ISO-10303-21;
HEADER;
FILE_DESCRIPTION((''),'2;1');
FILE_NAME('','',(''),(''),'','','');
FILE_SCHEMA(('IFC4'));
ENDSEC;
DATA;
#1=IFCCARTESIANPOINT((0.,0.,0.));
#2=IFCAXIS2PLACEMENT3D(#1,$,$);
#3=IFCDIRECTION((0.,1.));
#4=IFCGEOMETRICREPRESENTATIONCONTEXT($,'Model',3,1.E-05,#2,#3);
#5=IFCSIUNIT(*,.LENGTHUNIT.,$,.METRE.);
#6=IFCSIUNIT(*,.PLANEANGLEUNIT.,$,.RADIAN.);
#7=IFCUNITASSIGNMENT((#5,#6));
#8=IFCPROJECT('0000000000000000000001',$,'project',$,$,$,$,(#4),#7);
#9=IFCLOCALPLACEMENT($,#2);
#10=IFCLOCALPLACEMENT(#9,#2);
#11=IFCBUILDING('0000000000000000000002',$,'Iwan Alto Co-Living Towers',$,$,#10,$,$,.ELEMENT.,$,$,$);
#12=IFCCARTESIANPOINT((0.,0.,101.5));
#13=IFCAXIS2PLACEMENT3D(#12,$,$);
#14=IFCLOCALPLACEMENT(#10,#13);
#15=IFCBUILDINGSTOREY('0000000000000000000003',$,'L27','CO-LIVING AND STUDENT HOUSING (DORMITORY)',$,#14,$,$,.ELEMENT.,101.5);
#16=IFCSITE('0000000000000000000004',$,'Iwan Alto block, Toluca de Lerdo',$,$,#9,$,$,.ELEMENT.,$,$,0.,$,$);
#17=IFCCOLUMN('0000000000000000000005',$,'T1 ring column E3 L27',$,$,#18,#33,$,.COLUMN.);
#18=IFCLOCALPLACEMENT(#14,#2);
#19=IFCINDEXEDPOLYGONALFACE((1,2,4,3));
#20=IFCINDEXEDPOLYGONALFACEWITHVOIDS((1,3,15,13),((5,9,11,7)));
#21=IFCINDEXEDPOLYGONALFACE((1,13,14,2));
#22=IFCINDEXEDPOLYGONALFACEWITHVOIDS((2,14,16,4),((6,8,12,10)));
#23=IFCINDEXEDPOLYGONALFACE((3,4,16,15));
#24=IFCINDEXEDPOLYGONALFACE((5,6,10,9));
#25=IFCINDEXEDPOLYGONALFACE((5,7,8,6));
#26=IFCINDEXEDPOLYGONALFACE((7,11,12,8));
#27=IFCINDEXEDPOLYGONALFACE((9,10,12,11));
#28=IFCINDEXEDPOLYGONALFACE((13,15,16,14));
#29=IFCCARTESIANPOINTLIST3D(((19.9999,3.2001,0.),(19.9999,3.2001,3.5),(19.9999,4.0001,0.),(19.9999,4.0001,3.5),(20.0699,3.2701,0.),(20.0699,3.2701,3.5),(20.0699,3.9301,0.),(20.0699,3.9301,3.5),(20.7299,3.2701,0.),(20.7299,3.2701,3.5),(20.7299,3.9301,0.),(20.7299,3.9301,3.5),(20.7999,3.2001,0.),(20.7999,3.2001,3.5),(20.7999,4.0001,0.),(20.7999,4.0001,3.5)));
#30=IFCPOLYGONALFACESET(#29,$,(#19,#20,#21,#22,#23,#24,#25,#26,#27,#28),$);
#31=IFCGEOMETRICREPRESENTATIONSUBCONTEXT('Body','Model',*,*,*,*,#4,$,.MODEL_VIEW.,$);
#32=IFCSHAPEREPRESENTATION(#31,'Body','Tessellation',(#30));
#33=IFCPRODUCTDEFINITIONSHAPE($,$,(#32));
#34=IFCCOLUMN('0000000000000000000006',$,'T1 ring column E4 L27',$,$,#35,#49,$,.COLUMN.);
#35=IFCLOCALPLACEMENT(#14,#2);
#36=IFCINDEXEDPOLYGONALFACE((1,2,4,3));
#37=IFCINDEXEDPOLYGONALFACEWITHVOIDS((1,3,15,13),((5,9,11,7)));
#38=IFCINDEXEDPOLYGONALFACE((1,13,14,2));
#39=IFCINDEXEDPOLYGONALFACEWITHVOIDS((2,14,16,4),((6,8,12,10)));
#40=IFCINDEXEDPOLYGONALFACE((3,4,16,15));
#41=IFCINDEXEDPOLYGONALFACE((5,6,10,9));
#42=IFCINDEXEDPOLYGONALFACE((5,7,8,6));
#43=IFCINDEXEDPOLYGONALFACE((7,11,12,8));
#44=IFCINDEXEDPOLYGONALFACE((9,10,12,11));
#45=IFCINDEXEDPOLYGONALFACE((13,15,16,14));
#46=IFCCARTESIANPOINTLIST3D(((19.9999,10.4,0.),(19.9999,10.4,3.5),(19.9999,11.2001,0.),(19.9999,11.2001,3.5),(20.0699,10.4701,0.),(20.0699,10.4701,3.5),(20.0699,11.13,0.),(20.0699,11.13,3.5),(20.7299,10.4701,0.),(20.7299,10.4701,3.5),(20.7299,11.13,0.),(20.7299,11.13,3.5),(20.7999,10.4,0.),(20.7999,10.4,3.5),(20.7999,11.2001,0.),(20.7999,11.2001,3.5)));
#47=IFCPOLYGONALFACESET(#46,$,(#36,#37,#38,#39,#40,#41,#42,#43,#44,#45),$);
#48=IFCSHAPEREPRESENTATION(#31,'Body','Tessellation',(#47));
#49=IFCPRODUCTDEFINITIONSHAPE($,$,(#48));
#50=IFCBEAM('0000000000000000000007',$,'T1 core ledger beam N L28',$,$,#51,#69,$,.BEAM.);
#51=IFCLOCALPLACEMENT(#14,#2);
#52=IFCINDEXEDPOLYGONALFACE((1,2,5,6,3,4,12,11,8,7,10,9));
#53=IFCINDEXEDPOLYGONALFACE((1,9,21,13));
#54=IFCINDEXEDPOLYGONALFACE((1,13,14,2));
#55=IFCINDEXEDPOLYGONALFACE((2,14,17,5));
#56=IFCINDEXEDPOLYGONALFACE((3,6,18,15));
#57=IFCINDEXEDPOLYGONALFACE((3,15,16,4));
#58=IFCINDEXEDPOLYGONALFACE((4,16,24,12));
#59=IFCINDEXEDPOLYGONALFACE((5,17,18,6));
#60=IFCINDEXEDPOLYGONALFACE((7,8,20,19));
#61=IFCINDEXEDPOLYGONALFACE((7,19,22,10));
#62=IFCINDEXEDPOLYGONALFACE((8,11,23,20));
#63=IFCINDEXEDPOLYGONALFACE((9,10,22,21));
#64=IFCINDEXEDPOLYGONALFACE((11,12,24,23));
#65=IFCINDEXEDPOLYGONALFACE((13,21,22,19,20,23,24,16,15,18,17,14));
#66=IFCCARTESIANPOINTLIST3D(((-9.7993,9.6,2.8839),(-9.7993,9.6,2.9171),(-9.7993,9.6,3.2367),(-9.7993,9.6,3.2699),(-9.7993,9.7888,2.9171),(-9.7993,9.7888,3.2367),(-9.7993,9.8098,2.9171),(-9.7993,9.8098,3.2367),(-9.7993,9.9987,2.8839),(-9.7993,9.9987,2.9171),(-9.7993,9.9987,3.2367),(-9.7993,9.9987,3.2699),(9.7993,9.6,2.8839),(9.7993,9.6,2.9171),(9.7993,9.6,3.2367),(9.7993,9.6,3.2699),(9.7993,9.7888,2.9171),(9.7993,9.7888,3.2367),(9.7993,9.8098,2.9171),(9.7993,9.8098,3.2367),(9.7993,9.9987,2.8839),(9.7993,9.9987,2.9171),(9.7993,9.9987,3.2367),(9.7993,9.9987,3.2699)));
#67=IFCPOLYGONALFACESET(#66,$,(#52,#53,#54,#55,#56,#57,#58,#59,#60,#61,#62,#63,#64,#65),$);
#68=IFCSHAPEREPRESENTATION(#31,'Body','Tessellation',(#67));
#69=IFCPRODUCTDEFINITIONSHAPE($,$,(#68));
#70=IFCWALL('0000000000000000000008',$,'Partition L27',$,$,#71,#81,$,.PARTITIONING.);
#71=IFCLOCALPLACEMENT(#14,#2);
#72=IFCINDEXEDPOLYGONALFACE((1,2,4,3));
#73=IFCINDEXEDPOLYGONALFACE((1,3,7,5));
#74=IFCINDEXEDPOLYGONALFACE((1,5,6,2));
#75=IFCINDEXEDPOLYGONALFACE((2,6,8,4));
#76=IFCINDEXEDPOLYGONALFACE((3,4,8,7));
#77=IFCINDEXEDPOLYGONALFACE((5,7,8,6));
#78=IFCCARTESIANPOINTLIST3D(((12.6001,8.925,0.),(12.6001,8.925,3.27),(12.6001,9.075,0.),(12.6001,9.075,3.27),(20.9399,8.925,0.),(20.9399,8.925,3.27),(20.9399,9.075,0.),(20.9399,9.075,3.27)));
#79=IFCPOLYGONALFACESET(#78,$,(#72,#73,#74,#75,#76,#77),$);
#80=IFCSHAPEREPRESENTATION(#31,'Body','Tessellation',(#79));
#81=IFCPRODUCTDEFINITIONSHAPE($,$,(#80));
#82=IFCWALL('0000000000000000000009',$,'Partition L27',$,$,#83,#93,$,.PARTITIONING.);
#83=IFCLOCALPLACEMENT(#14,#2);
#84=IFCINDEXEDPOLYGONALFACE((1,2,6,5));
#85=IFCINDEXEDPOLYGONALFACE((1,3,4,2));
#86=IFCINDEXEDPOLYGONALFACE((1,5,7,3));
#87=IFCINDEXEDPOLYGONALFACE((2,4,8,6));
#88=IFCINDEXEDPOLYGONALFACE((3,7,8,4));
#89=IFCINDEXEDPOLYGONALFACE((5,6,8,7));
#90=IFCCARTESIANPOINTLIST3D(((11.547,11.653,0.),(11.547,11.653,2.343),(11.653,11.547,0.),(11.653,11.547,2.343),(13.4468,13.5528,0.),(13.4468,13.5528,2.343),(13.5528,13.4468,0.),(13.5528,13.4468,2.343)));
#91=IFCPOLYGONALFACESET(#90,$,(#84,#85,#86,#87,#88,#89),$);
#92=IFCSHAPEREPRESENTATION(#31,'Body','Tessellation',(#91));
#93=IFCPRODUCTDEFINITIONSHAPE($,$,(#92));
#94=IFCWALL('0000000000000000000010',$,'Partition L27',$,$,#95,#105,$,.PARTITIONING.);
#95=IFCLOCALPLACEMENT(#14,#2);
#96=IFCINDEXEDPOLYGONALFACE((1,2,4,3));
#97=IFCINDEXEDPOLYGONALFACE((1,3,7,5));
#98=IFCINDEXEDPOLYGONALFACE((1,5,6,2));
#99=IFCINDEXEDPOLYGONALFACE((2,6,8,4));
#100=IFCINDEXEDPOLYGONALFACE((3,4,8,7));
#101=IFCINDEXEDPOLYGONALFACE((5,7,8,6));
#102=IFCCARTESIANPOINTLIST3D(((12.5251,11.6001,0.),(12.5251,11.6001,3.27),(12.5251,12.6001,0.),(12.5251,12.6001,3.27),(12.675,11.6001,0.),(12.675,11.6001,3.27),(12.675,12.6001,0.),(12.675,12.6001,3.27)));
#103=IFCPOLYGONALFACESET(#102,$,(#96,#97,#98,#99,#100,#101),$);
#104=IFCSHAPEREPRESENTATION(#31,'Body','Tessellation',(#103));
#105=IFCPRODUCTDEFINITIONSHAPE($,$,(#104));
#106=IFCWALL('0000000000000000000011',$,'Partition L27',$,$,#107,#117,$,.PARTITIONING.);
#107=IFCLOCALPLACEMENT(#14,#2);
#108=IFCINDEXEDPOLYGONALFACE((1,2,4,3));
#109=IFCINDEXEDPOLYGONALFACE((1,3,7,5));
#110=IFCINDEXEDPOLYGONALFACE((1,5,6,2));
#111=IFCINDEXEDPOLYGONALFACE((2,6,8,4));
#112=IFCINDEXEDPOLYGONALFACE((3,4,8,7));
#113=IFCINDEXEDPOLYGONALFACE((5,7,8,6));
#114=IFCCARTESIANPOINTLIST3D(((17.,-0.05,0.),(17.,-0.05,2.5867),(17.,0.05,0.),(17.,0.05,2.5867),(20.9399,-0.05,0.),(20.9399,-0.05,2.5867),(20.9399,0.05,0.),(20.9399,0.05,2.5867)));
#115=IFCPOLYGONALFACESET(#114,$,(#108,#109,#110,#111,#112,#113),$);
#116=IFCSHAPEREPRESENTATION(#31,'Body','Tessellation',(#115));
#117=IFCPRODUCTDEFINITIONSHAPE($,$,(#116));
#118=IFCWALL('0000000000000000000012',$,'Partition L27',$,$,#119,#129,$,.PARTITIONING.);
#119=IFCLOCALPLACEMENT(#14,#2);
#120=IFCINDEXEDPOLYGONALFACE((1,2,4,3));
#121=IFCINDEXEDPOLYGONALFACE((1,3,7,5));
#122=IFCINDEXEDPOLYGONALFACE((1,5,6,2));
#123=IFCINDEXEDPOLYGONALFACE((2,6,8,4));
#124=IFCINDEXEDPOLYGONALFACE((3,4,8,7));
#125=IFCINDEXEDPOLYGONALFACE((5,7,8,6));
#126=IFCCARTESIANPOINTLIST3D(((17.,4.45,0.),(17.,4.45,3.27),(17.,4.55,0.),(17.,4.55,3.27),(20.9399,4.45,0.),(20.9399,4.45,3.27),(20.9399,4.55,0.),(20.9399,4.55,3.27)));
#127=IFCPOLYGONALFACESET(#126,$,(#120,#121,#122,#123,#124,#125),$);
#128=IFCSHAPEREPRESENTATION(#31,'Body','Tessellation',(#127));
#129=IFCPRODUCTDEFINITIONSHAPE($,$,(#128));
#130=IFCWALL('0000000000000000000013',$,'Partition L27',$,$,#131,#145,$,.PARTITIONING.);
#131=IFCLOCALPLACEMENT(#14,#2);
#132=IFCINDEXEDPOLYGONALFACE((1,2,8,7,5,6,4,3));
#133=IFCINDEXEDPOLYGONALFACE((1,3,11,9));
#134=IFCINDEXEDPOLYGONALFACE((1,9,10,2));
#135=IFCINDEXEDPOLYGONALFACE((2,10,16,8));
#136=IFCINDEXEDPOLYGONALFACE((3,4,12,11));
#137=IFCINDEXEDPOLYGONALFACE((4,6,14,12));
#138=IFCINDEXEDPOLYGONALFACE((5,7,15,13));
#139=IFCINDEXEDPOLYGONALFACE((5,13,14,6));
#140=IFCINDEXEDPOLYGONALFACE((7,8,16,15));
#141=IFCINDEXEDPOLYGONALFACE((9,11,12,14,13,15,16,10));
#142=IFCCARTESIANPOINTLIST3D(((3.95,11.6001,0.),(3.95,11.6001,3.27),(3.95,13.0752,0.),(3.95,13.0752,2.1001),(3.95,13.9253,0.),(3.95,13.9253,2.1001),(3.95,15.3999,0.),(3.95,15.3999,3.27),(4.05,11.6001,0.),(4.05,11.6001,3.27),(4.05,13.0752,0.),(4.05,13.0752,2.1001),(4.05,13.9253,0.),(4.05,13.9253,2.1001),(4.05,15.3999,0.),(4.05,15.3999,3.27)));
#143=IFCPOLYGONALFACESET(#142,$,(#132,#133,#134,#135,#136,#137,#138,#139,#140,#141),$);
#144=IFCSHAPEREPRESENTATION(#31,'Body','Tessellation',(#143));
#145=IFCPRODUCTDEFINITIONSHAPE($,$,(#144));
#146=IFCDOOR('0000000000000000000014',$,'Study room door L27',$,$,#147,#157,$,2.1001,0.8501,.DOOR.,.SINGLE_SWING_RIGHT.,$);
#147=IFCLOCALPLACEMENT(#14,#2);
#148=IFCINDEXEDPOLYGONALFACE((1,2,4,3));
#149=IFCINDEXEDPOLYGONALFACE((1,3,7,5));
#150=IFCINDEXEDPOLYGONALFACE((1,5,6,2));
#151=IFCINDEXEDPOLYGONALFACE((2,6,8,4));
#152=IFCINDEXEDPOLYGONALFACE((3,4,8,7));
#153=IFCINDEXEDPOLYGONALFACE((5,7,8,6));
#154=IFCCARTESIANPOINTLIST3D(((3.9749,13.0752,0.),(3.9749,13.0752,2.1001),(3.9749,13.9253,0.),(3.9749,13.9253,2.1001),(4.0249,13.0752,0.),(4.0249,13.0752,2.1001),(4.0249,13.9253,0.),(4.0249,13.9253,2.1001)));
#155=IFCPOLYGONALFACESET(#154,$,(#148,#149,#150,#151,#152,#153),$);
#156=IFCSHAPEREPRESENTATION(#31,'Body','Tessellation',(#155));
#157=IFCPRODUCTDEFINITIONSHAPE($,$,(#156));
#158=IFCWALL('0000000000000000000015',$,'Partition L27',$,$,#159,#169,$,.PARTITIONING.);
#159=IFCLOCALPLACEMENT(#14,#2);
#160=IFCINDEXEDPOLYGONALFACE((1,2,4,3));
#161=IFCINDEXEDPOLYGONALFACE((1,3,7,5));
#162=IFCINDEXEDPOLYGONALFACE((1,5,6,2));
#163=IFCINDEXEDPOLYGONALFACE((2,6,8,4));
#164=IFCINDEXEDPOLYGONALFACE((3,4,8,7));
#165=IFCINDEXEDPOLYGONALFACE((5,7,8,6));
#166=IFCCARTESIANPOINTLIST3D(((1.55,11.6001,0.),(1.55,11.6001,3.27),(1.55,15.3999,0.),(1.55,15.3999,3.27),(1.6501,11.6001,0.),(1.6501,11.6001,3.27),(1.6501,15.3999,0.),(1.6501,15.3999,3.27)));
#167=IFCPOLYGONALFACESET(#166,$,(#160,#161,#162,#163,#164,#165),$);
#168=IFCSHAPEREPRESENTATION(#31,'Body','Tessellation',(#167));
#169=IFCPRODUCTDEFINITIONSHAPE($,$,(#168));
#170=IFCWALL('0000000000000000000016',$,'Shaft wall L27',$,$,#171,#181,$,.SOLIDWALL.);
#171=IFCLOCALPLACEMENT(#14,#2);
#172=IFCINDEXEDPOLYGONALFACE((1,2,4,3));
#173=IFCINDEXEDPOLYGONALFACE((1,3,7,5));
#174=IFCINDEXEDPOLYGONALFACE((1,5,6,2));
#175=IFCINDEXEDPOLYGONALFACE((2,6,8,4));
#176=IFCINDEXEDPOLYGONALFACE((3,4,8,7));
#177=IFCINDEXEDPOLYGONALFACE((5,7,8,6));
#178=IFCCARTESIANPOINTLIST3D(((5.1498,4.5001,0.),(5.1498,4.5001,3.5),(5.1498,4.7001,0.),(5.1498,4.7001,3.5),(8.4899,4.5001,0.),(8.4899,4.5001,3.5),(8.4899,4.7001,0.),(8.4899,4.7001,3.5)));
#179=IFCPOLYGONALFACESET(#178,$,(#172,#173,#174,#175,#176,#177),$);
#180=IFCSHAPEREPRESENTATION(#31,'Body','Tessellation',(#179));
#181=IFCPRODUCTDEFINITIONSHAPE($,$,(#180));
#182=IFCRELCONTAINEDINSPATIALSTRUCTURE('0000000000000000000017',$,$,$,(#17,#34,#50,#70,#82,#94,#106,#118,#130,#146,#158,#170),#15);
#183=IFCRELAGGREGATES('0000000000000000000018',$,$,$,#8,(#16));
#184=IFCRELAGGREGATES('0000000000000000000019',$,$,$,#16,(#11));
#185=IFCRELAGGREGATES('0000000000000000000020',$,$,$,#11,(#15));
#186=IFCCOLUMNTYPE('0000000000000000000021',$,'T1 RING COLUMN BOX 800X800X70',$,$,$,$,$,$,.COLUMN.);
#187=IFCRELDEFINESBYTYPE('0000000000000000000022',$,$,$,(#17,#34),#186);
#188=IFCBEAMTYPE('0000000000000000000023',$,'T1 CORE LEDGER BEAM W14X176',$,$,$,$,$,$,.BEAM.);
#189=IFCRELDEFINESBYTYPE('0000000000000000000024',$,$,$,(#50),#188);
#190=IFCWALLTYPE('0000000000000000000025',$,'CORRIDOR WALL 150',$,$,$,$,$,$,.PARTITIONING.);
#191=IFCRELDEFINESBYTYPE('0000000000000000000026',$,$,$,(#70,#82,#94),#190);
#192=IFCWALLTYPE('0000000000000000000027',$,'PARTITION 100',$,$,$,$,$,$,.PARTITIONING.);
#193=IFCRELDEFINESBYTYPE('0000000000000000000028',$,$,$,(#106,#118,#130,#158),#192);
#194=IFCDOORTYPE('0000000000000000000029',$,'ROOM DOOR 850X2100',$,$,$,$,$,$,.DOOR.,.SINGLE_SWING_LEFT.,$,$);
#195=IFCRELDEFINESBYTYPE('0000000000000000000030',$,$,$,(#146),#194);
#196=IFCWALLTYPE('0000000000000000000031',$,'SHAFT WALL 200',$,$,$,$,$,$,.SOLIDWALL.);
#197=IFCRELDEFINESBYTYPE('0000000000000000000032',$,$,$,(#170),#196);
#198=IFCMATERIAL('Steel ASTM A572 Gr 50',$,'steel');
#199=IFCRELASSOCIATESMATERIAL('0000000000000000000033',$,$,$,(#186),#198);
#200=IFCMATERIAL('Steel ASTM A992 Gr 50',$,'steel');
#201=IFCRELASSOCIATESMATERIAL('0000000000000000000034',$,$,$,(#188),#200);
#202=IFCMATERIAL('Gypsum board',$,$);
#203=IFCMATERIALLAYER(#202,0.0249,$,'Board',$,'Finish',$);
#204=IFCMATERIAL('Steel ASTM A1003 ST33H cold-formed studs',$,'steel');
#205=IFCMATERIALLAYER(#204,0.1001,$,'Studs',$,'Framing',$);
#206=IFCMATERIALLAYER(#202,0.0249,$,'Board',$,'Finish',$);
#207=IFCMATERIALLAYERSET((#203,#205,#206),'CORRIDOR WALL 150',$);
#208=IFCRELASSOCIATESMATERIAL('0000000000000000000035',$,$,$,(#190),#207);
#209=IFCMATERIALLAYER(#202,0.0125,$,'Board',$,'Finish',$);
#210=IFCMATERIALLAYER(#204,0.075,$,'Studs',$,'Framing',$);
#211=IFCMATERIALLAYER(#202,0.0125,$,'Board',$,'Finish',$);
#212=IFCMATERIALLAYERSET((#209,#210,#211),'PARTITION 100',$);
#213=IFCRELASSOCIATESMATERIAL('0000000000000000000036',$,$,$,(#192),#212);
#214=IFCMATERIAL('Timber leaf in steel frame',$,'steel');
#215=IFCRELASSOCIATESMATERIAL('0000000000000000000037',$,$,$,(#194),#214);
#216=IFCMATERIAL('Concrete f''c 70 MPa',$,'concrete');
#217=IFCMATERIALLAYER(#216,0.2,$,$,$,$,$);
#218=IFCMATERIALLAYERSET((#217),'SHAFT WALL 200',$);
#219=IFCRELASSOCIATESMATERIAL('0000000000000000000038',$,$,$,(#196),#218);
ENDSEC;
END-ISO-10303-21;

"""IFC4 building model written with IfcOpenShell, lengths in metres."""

from ifc_helpers import new_model, si_unit, direction, frame, frame_2d, origin, origin_2d, place, context, subcontext, project, spatial, rectangle, hollow_rectangle, i_section, extrude, material, layer, layer_set, material_profile, profile_set, type_object, element, fill, save


model = new_model("IFC4")

# Units and contexts
model_context = context("Model", 3, precision=1e-05, world=origin(), true_north=direction((0.0, 1.0)))
body_context = subcontext(model_context, "Body", "Model", "MODEL_VIEW")
ifc_project = project(units=[si_unit("LENGTHUNIT", "METRE"), si_unit("PLANEANGLEUNIT", "RADIAN")], contexts=[model_context])

# Site, building, storey
site_placement = place(None, origin())
site = spatial("IfcSite", under=ifc_project, at=site_placement, Name="Iwan Alto block, Toluca de Lerdo", CompositionType="ELEMENT", RefElevation=0.0)
building_placement = place(site_placement, origin())
building = spatial("IfcBuilding", under=site, at=building_placement, Name="Iwan Alto Co-Living Towers", CompositionType="ELEMENT")
storey_placement = place(building_placement, frame((0.0, 0.0, 101.5)))
storey = spatial("IfcBuildingStorey", under=building, at=storey_placement, Name="L27", Description="CO-LIVING AND STUDENT HOUSING (DORMITORY)", CompositionType="ELEMENT", Elevation=101.5)

# Columns
ifc_material_1 = material(Name="Steel ASTM A572 Gr 50", Category="steel")
ifc_material_profile_1 = material_profile(ifc_material_1, hollow_rectangle(XDim=0.8, YDim=0.8, WallThickness=0.0701, at=origin_2d()), Name="BOX 800X800X70")
ifc_profile_set_1 = profile_set([ifc_material_profile_1], Name="Steel ASTM A572 Gr 50")
column_type = type_object("IfcColumnType", Name="T1 RING COLUMN BOX 800X800X70", PredefinedType="COLUMN", material=ifc_profile_set_1)
for number, where, z_axis, x_axis, name in (
    (1, (20.3999, 3.6001, 0.0), (0.0, 0.0, 1.0), (1.0, 0.0, 0.0), "T1 ring column E3 L27"),
    (2, (20.3999, 10.8, 0.0), (0.0, 0.0, 1.0), (1.0, 0.0, 0.0), "T1 ring column E4 L27"),
):
    element("IfcColumn", number, at=place(storey_placement, frame(where, z_axis=z_axis, x_axis=x_axis)), inside=storey, type_object=column_type, Name=name, PredefinedType="COLUMN", context=body_context, shape_type="SweptSolid", body=[
        extrude(hollow_rectangle(XDim=0.8, YDim=0.8, WallThickness=0.0701, at=origin_2d()), origin(), (0.0, 0.0, 1.0), 3.5),
    ])

# Beam
ifc_material_2 = material(Name="Steel ASTM A992 Gr 50", Category="steel")
ifc_material_profile_2 = material_profile(ifc_material_2, i_section(OverallWidth=0.3987, OverallDepth=0.386, WebThickness=0.021, FlangeThickness=0.0332, at=origin_2d()), Name="W14X176")
ifc_profile_set_2 = profile_set([ifc_material_profile_2], Name="Steel ASTM A992 Gr 50")
beam_type = type_object("IfcBeamType", Name="T1 CORE LEDGER BEAM W14X176", PredefinedType="BEAM", material=ifc_profile_set_2)
beam_placement = place(storey_placement, frame((9.7993, 9.7993, 3.0769), z_axis=(-1.0, 0.0, 0.0), x_axis=(0.0, -1.0, 0.0)))
element("IfcBeam", 3, at=beam_placement, inside=storey, type_object=beam_type, Name="T1 core ledger beam N L28", PredefinedType="BEAM", context=body_context, shape_type="SweptSolid", body=[
    extrude(i_section(OverallWidth=0.3987, OverallDepth=0.386, WebThickness=0.021, FlangeThickness=0.0332, at=origin_2d()), origin(), (0.0, 0.0, 1.0), 19.5986),
])

# Walls
ifc_material_3 = material(Name="Gypsum board")
ifc_layer_1 = layer(ifc_material_3, 0.0249, Name="Board", Category="Finish")
ifc_material_4 = material(Name="Steel ASTM A1003 ST33H cold-formed studs", Category="steel")
ifc_layer_2 = layer(ifc_material_4, 0.1001, Name="Studs", Category="Framing")
ifc_layer_3 = layer(ifc_material_3, 0.0249, Name="Board", Category="Finish")
ifc_layer_set_1 = layer_set([ifc_layer_1, ifc_layer_2, ifc_layer_3], Name="CORRIDOR WALL 150")
wall_type_1 = type_object("IfcWallType", Name="CORRIDOR WALL 150", PredefinedType="PARTITIONING", material=ifc_layer_set_1)
wall_1_placement = place(storey_placement, frame((12.6001, 9.0, 0.0), z_axis=(0.0, 0.0, 1.0), x_axis=(1.0, 0.0, 0.0)))
element("IfcWall", 4, at=wall_1_placement, inside=storey, type_object=wall_type_1, Name="Partition L27", PredefinedType="PARTITIONING", context=body_context, shape_type="SweptSolid", body=[
    extrude(rectangle(XDim=8.3398, YDim=0.1499, at=frame_2d((4.1699, 0.0))), origin(), (0.0, 0.0, 1.0), 3.27),
])
wall_2_placement = place(storey_placement, frame((11.6001, 11.6001, 0.0), z_axis=(0.0, 0.0, 1.0), x_axis=(0.707107, 0.707107, 0.0)))
element("IfcWall", 5, at=wall_2_placement, inside=storey, type_object=wall_type_1, Name="Partition L27", PredefinedType="PARTITIONING", context=body_context, shape_type="SweptSolid", body=[
    extrude(rectangle(XDim=2.6868, YDim=0.1499, at=frame_2d((1.3433, 0.0))), origin(), (0.0, 0.0, 1.0), 2.343),
])
wall_3_placement = place(storey_placement, frame((12.6001, 11.6001, 0.0), z_axis=(0.0, 0.0, 1.0), x_axis=(0.0, 1.0, 0.0)))
element("IfcWall", 6, at=wall_3_placement, inside=storey, type_object=wall_type_1, Name="Partition L27", PredefinedType="PARTITIONING", context=body_context, shape_type="SweptSolid", body=[
    extrude(rectangle(XDim=1.0, YDim=0.1499, at=frame_2d((0.5, 0.0))), origin(), (0.0, 0.0, 1.0), 3.27),
])
ifc_layer_4 = layer(ifc_material_3, 0.0125, Name="Board", Category="Finish")
ifc_layer_5 = layer(ifc_material_4, 0.075, Name="Studs", Category="Framing")
ifc_layer_6 = layer(ifc_material_3, 0.0125, Name="Board", Category="Finish")
ifc_layer_set_2 = layer_set([ifc_layer_4, ifc_layer_5, ifc_layer_6], Name="PARTITION 100")
wall_type_2 = type_object("IfcWallType", Name="PARTITION 100", PredefinedType="PARTITIONING", material=ifc_layer_set_2)
wall_4_placement = place(storey_placement, frame((17.0, 0.0, 0.0), z_axis=(0.0, 0.0, 1.0), x_axis=(1.0, 0.0, 0.0)))
element("IfcWall", 7, at=wall_4_placement, inside=storey, type_object=wall_type_2, Name="Partition L27", PredefinedType="PARTITIONING", context=body_context, shape_type="SweptSolid", body=[
    extrude(rectangle(XDim=3.9399, YDim=0.1001, at=frame_2d((1.97, 0.0))), origin(), (0.0, 0.0, 1.0), 2.5867),
])
wall_5_placement = place(storey_placement, frame((17.0, 4.5, 0.0), z_axis=(0.0, 0.0, 1.0), x_axis=(1.0, 0.0, 0.0)))
element("IfcWall", 8, at=wall_5_placement, inside=storey, type_object=wall_type_2, Name="Partition L27", PredefinedType="PARTITIONING", context=body_context, shape_type="SweptSolid", body=[
    extrude(rectangle(XDim=3.9399, YDim=0.1001, at=frame_2d((1.97, 0.0))), origin(), (0.0, 0.0, 1.0), 3.27),
])

# Wall, opening, door
wall_6_placement = place(storey_placement, frame((4.0, 11.6001, 0.0), z_axis=(0.0, 0.0, 1.0), x_axis=(0.0, 1.0, 0.0)))
wall_6 = element("IfcWall", 9, at=wall_6_placement, inside=storey, type_object=wall_type_2, Name="Partition L27", PredefinedType="PARTITIONING", context=body_context, shape_type="SweptSolid", body=[
    extrude(rectangle(XDim=3.7998, YDim=0.1001, at=frame_2d((1.8999, 0.0))), origin(), (0.0, 0.0, 1.0), 3.27),
])
opening_1_placement = place(wall_6_placement, frame((1.4751, 0.0, 0.0)))
opening_1 = element("IfcOpeningElement", 10, at=opening_1_placement, cuts=wall_6, PredefinedType="OPENING", context=body_context, shape_type="SweptSolid", body=[
    extrude(rectangle(XDim=0.8501, YDim=2.1001, at=frame_2d((0.425, 1.05))), frame((0.0, 0.0601, 0.0), z_axis=(0.0, -1.0, 0.0), x_axis=(1.0, 0.0, 0.0)), (0.0, 0.0, 1.0), 0.1201),
])
ifc_material_5 = material(Name="Timber leaf in steel frame", Category="steel")
door_type_1 = type_object("IfcDoorType", Name="ROOM DOOR 850X2100", OperationType="SINGLE_SWING_LEFT", PredefinedType="DOOR", material=ifc_material_5)
door_1_placement = place(opening_1_placement, frame((0.8501, 0.0, 0.0), z_axis=(0.0, 0.0, 1.0), x_axis=(-1.0, 0.0, 0.0)))
door_1 = element("IfcDoor", 11, at=door_1_placement, inside=storey, type_object=door_type_1, Name="Study room door L27", OperationType="SINGLE_SWING_RIGHT", OverallHeight=2.1001, OverallWidth=0.8501, PredefinedType="DOOR", context=body_context, shape_type="SweptSolid", body=[
    extrude(rectangle(XDim=0.8501, YDim=2.1001, at=frame_2d((0.425, 1.05))), frame((0.0, 0.0249, 0.0), z_axis=(0.0, -1.0, 0.0), x_axis=(1.0, 0.0, 0.0)), (0.0, 0.0, 1.0), 0.05),
])
fill(opening_1, door_1)

# Walls
wall_7_placement = place(storey_placement, frame((1.6001, 11.6001, 0.0), z_axis=(0.0, 0.0, 1.0), x_axis=(0.0, 1.0, 0.0)))
element("IfcWall", 12, at=wall_7_placement, inside=storey, type_object=wall_type_2, Name="Partition L27", PredefinedType="PARTITIONING", context=body_context, shape_type="SweptSolid", body=[
    extrude(rectangle(XDim=3.7998, YDim=0.1001, at=frame_2d((1.8999, 0.0))), origin(), (0.0, 0.0, 1.0), 3.27),
])
ifc_material_6 = material(Name="Concrete f'c 70 MPa", Category="concrete")
ifc_layer_7 = layer(ifc_material_6, 0.2)
ifc_layer_set_3 = layer_set([ifc_layer_7], Name="SHAFT WALL 200")
wall_type_3 = type_object("IfcWallType", Name="SHAFT WALL 200", PredefinedType="SOLIDWALL", material=ifc_layer_set_3)
wall_8_placement = place(storey_placement, frame((5.1499, 4.6001, 0.0), z_axis=(0.0, 0.0, 1.0), x_axis=(1.0, 0.0, 0.0)))
element("IfcWall", 13, at=wall_8_placement, inside=storey, type_object=wall_type_3, Name="Shaft wall L27", PredefinedType="SOLIDWALL", context=body_context, shape_type="SweptSolid", body=[
    extrude(rectangle(XDim=3.3401, YDim=0.2, at=frame_2d((1.6699, 0.0))), origin(), (0.0, 0.0, 1.0), 3.5),
])

save(model, "model.ifc")
